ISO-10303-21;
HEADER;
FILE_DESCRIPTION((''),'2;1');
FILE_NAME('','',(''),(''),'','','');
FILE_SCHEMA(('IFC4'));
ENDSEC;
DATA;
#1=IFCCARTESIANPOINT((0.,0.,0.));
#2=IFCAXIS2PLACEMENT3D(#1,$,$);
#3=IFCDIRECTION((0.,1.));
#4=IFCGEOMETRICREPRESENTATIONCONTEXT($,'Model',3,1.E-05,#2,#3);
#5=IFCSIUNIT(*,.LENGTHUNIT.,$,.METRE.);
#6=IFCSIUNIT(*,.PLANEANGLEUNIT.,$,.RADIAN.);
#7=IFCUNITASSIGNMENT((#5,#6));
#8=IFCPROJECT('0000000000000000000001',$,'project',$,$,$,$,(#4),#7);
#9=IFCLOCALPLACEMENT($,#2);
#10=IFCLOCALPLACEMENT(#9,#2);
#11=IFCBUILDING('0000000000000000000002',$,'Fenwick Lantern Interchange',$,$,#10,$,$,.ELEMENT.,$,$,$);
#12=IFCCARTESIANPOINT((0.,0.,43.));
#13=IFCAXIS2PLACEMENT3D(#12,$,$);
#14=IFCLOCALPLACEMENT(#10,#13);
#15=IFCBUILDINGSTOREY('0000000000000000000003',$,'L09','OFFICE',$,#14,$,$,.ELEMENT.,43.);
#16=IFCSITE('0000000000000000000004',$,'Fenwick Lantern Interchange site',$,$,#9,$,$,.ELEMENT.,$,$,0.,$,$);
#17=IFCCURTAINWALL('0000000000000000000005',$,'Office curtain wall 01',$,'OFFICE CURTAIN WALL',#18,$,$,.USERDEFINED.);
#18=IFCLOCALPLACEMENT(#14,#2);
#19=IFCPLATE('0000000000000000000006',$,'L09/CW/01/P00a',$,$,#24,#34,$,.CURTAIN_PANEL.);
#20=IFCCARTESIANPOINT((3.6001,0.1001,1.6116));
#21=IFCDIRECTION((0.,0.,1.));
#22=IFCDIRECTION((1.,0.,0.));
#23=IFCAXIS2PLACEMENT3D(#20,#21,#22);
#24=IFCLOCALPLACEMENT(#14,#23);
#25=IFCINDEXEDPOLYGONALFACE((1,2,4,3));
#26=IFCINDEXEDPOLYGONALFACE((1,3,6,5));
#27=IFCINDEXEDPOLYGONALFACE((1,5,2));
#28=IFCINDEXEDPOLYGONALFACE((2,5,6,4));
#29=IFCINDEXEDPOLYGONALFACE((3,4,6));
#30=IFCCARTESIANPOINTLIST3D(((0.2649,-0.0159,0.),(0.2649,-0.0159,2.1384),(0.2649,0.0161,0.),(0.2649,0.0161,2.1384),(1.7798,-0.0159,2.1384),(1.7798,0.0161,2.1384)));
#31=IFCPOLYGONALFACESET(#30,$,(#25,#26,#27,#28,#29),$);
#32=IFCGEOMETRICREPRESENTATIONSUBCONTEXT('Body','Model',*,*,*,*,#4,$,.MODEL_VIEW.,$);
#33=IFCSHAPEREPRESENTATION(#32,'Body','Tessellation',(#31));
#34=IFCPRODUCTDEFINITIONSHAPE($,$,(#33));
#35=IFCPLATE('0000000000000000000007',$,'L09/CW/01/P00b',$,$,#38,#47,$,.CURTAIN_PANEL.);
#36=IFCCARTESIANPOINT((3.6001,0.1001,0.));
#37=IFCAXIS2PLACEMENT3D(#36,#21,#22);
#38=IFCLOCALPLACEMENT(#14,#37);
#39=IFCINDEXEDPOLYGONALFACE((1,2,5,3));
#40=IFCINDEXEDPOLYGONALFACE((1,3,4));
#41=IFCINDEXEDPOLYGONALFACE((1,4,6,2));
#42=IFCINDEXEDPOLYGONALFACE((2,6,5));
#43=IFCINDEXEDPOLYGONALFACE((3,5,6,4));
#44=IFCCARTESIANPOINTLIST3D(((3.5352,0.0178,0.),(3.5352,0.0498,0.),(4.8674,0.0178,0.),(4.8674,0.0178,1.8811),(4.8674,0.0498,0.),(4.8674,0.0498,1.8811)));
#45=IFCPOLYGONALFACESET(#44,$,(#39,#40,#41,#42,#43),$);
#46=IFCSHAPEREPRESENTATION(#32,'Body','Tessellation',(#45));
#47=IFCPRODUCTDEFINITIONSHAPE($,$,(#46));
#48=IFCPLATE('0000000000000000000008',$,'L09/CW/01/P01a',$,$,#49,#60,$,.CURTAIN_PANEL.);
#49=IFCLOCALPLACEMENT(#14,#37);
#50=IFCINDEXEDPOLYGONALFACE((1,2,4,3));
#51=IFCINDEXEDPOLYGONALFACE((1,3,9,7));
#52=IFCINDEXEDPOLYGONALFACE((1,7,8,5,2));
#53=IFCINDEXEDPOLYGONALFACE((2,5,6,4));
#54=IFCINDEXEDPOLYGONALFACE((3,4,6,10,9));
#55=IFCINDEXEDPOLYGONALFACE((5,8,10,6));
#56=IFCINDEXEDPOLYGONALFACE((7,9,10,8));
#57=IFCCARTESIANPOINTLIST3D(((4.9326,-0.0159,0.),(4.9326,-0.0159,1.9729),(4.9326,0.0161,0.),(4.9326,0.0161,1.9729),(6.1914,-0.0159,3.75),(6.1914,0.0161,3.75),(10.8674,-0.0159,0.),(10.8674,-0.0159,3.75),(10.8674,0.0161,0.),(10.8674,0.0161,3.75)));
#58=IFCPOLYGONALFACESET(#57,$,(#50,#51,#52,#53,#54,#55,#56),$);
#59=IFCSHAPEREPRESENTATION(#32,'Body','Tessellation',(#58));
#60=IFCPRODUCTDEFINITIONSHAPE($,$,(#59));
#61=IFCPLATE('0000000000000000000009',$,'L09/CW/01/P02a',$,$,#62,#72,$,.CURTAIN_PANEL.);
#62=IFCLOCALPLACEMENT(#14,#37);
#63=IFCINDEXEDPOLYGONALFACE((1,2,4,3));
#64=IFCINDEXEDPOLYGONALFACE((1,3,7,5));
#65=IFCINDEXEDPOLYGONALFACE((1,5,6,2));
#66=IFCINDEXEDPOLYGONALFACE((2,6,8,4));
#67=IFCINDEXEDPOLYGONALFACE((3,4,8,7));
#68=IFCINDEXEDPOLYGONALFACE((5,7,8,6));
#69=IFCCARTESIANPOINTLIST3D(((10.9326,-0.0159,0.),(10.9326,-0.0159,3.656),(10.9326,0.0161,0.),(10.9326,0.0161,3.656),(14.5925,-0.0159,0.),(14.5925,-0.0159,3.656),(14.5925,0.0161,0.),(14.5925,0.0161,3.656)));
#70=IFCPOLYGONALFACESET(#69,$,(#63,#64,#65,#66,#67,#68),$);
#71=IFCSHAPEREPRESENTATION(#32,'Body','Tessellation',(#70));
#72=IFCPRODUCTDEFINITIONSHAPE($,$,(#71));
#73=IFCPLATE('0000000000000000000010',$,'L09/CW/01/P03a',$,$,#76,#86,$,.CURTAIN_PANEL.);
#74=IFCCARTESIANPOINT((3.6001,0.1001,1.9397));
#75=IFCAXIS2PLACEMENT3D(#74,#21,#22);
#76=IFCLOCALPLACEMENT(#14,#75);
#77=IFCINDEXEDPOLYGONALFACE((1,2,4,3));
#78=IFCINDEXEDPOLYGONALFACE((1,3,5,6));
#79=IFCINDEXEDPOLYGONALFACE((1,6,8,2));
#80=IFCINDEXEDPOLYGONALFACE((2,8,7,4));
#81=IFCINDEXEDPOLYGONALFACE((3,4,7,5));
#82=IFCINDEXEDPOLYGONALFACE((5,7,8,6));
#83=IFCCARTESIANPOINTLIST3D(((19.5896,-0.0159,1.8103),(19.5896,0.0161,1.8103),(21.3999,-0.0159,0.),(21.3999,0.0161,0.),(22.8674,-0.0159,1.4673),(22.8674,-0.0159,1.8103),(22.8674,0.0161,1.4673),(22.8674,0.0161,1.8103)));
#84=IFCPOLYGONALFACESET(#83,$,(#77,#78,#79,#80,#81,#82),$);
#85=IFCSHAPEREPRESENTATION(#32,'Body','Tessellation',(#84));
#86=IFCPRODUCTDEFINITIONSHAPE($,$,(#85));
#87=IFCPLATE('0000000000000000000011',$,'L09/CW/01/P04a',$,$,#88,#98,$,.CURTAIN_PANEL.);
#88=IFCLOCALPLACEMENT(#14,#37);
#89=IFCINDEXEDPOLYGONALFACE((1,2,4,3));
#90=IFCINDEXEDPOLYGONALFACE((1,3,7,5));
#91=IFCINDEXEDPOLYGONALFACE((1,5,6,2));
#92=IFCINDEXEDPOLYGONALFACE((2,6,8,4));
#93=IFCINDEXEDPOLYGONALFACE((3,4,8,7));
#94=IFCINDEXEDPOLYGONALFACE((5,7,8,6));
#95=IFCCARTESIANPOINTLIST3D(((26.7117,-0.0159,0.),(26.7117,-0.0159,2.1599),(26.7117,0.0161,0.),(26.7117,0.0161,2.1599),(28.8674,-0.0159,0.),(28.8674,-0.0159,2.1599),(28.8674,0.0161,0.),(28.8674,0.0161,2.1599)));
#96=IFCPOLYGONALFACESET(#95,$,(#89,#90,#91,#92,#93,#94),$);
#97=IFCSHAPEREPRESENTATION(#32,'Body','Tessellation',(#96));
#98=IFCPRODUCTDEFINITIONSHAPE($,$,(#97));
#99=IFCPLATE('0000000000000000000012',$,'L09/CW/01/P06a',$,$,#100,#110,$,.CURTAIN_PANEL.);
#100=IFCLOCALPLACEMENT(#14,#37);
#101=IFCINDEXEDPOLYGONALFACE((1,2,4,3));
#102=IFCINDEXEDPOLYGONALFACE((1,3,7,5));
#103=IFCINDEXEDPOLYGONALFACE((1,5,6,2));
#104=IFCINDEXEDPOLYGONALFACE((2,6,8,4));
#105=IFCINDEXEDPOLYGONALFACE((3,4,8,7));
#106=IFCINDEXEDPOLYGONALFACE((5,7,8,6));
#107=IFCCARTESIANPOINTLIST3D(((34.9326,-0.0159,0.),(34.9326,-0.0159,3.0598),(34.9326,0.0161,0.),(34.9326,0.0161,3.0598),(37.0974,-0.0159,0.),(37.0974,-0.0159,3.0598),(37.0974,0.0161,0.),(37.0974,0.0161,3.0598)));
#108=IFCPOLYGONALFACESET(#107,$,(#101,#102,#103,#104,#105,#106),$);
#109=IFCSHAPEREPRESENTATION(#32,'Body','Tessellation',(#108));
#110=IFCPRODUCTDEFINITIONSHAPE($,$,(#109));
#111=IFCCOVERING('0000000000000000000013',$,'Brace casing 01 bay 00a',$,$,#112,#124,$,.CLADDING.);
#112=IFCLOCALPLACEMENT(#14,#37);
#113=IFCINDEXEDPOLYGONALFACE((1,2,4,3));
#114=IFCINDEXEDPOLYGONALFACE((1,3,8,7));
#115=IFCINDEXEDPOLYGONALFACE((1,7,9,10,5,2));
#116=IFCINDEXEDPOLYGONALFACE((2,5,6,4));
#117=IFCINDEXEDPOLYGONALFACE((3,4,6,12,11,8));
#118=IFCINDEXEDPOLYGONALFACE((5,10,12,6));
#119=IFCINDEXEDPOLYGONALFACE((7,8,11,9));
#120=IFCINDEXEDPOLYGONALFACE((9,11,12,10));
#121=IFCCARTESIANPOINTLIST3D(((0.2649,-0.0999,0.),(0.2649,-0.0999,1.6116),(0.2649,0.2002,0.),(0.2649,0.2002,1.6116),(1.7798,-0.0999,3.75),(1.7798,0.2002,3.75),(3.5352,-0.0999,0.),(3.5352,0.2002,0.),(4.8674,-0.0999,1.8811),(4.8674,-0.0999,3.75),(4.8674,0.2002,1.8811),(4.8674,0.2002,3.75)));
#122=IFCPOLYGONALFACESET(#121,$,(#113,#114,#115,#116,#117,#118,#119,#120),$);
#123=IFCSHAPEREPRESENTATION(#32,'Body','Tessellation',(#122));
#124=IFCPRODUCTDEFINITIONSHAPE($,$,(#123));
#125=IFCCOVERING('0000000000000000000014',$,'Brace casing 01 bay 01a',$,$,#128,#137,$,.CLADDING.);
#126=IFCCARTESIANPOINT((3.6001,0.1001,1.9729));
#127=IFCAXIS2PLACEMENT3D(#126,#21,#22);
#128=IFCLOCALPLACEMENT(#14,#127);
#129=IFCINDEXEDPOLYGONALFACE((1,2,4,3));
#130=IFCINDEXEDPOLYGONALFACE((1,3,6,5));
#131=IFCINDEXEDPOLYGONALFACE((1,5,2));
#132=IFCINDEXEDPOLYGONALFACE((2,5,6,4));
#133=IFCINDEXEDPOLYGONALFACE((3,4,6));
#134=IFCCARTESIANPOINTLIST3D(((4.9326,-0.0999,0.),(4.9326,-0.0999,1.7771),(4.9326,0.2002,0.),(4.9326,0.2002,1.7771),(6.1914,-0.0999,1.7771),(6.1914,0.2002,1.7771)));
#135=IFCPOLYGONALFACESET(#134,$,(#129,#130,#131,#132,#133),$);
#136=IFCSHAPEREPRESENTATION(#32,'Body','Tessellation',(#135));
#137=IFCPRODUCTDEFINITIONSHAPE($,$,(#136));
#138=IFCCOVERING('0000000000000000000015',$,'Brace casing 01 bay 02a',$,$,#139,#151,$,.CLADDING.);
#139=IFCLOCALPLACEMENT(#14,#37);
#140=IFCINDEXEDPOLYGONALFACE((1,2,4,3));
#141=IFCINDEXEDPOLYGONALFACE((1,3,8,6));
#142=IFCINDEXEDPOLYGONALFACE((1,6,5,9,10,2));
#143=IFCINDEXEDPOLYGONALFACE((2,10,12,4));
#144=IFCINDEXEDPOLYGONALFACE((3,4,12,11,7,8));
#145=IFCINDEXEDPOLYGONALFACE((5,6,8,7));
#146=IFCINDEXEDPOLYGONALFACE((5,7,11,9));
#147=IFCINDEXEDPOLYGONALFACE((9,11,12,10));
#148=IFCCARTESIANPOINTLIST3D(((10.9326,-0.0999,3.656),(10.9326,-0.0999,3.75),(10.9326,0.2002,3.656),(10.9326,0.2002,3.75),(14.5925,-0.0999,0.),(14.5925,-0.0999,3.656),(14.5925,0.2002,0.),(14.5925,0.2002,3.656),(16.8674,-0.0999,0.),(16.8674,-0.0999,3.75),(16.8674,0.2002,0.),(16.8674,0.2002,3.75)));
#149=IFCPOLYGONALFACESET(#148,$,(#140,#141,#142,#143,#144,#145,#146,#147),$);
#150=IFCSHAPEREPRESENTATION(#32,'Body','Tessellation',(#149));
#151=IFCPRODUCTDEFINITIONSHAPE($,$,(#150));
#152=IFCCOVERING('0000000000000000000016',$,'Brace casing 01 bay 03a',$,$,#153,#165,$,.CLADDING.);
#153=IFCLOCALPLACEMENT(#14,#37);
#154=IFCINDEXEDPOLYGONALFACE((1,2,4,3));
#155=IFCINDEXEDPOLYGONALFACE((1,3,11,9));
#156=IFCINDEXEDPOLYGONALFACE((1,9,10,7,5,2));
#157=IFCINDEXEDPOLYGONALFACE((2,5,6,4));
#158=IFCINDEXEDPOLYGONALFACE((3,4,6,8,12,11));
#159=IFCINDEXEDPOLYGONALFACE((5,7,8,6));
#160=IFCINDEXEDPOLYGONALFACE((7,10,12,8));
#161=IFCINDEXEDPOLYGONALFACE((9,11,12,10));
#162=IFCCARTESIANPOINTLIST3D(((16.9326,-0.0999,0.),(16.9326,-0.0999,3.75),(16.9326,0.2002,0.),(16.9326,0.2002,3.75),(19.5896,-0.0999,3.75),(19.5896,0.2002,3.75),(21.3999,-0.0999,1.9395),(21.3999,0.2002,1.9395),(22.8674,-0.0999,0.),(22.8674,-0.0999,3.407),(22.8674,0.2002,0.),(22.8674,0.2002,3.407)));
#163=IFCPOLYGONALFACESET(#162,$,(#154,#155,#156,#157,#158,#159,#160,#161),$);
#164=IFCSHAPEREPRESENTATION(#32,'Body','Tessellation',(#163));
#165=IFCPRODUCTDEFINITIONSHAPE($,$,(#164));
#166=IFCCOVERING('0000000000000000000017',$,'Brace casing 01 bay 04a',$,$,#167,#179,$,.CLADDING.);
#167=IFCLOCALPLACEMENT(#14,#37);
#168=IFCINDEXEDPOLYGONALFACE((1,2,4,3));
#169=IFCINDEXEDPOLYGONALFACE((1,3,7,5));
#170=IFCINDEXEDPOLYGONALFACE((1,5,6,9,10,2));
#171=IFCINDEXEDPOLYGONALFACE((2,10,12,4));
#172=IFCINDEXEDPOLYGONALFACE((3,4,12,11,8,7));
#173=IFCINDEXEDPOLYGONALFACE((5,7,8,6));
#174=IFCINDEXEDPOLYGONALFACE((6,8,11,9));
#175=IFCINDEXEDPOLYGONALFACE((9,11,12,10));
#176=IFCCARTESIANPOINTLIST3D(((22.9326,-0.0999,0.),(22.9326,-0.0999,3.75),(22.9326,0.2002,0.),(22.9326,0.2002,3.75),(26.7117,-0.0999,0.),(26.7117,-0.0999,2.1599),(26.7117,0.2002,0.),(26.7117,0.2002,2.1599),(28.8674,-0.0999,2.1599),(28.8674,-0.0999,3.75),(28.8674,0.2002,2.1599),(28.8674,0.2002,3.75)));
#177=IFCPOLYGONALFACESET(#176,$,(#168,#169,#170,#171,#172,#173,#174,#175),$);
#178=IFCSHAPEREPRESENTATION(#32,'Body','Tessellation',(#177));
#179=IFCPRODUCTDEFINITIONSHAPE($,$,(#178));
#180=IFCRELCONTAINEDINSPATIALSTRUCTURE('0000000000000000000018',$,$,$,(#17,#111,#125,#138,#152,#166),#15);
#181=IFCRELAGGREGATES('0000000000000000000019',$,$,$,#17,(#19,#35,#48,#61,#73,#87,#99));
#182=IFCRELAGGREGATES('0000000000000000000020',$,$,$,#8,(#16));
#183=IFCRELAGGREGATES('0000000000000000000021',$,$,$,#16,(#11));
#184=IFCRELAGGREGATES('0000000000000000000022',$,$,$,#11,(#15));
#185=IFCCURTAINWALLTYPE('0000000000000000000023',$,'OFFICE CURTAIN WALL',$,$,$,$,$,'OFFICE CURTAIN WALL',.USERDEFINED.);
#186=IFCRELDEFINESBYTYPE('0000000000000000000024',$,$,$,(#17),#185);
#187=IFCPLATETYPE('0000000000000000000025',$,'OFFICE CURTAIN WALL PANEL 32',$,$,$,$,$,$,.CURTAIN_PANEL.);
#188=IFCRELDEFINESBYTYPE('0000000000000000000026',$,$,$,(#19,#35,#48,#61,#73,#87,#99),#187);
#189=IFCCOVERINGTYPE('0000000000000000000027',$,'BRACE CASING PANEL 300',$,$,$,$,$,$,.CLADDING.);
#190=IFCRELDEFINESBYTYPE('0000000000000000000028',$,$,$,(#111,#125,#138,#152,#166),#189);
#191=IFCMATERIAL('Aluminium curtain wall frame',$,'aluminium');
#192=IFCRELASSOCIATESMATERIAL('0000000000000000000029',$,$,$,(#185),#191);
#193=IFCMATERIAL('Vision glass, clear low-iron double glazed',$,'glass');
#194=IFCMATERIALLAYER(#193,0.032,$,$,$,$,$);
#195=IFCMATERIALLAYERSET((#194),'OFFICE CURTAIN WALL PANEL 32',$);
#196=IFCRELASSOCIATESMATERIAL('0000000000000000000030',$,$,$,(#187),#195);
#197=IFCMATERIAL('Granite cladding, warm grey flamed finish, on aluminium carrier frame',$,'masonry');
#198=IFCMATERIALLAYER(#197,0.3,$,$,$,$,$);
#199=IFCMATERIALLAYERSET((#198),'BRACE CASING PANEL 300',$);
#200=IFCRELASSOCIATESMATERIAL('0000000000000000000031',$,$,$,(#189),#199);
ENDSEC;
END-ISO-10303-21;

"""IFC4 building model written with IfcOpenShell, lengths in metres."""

from ifc_helpers import new_model, si_unit, direction, frame, origin, place, context, subcontext, project, spatial, polyline, outline, extrude, material, layer, layer_set, type_object, element, aggregate, save


model = new_model("IFC4")

# Units and contexts
model_context = context("Model", 3, precision=1e-05, world=origin(), true_north=direction((0.0, 1.0)))
body_context = subcontext(model_context, "Body", "Model", "MODEL_VIEW")
ifc_project = project(units=[si_unit("LENGTHUNIT", "METRE"), si_unit("PLANEANGLEUNIT", "RADIAN")], contexts=[model_context])

# Site, building, storey
site_placement = place(None, origin())
site = spatial("IfcSite", under=ifc_project, at=site_placement, Name="Fenwick Lantern Interchange site", CompositionType="ELEMENT", RefElevation=0.0)
building_placement = place(site_placement, origin())
building = spatial("IfcBuilding", under=site, at=building_placement, Name="Fenwick Lantern Interchange", CompositionType="ELEMENT")
storey_placement = place(building_placement, frame((0.0, 0.0, 43.0)))
storey = spatial("IfcBuildingStorey", under=building, at=storey_placement, Name="L09", Description="OFFICE", CompositionType="ELEMENT", Elevation=43.0)

# Shared definitions
ifc_material_1 = material(Name="Aluminium curtain wall frame", Category="aluminium")
curtain_wall_type = type_object("IfcCurtainWallType", Name="OFFICE CURTAIN WALL", ElementType="OFFICE CURTAIN WALL", PredefinedType="USERDEFINED", material=ifc_material_1)

# Curtain wall, plates
curtain_wall_1_placement = place(storey_placement, origin())
curtain_wall_1 = element("IfcCurtainWall", 1, at=curtain_wall_1_placement, inside=storey, type_object=curtain_wall_type, Name="Office curtain wall 01", ObjectType="OFFICE CURTAIN WALL", PredefinedType="USERDEFINED")
ifc_material_2 = material(Name="Vision glass, clear low-iron double glazed", Category="glass")
ifc_layer_1 = layer(ifc_material_2, 0.032)
ifc_layer_set_1 = layer_set([ifc_layer_1], Name="OFFICE CURTAIN WALL PANEL 32")
plate_type = type_object("IfcPlateType", Name="OFFICE CURTAIN WALL PANEL 32", PredefinedType="CURTAIN_PANEL", material=ifc_layer_set_1)
plate_1_placement = place(storey_placement, frame((3.6001, 0.1001, 1.6116), z_axis=(0.0, 0.0, 1.0), x_axis=(1.0, 0.0, 0.0)))
plate_1 = element("IfcPlate", 2, at=plate_1_placement, type_object=plate_type, Name="L09/CW/01/P00a", PredefinedType="CURTAIN_PANEL", context=body_context, shape_type="SweptSolid", body=[
    extrude(outline(polyline([(0.2649, 0.0), (1.7798, 2.1384), (0.2649, 2.1384), (0.2649, 0.0)])), frame((0.0, 0.0161, 0.0), z_axis=(0.0, -1.0, 0.0), x_axis=(1.0, 0.0, 0.0)), (0.0, 0.0, 1.0), 0.032),
])
plate_2_placement = place(storey_placement, frame((3.6001, 0.1001, 0.0), z_axis=(0.0, 0.0, 1.0), x_axis=(1.0, 0.0, 0.0)))
plate_2 = element("IfcPlate", 3, at=plate_2_placement, type_object=plate_type, Name="L09/CW/01/P00b", PredefinedType="CURTAIN_PANEL", context=body_context, shape_type="SweptSolid", body=[
    extrude(outline(polyline([(3.5352, 0.0), (4.8674, 0.0), (4.8674, 1.8811), (3.5352, 0.0)])), frame((0.0, 0.0498, 0.0), z_axis=(0.0, -1.0, 0.0), x_axis=(1.0, 0.0, 0.0)), (0.0, 0.0, 1.0), 0.032),
])
plate_3_placement = place(storey_placement, frame((3.6001, 0.1001, 0.0), z_axis=(0.0, 0.0, 1.0), x_axis=(1.0, 0.0, 0.0)))
plate_3 = element("IfcPlate", 4, at=plate_3_placement, type_object=plate_type, Name="L09/CW/01/P01a", PredefinedType="CURTAIN_PANEL", context=body_context, shape_type="SweptSolid", body=[
    extrude(outline(polyline([(4.9326, 0.0), (10.8674, 0.0), (10.8674, 3.75), (6.1914, 3.75), (4.9326, 1.9729), (4.9326, 0.0)])), frame((0.0, 0.0161, 0.0), z_axis=(0.0, -1.0, 0.0), x_axis=(1.0, 0.0, 0.0)), (0.0, 0.0, 1.0), 0.032),
])
plate_4_placement = place(storey_placement, frame((3.6001, 0.1001, 0.0), z_axis=(0.0, 0.0, 1.0), x_axis=(1.0, 0.0, 0.0)))
plate_4 = element("IfcPlate", 5, at=plate_4_placement, type_object=plate_type, Name="L09/CW/01/P02a", PredefinedType="CURTAIN_PANEL", context=body_context, shape_type="SweptSolid", body=[
    extrude(outline(polyline([(10.9326, 0.0), (14.5925, 0.0), (14.5925, 3.656), (10.9326, 3.656), (10.9326, 0.0)])), frame((0.0, 0.0161, 0.0), z_axis=(0.0, -1.0, 0.0), x_axis=(1.0, 0.0, 0.0)), (0.0, 0.0, 1.0), 0.032),
])
plate_5_placement = place(storey_placement, frame((3.6001, 0.1001, 1.9397), z_axis=(0.0, 0.0, 1.0), x_axis=(1.0, 0.0, 0.0)))
plate_5 = element("IfcPlate", 6, at=plate_5_placement, type_object=plate_type, Name="L09/CW/01/P03a", PredefinedType="CURTAIN_PANEL", context=body_context, shape_type="SweptSolid", body=[
    extrude(outline(polyline([(21.3999, 0.0), (22.8674, 1.4673), (22.8674, 1.8103), (19.5896, 1.8103), (21.3999, 0.0)])), frame((0.0, 0.0161, 0.0), z_axis=(0.0, -1.0, 0.0), x_axis=(1.0, 0.0, 0.0)), (0.0, 0.0, 1.0), 0.032),
])
plate_6_placement = place(storey_placement, frame((3.6001, 0.1001, 0.0), z_axis=(0.0, 0.0, 1.0), x_axis=(1.0, 0.0, 0.0)))
plate_6 = element("IfcPlate", 7, at=plate_6_placement, type_object=plate_type, Name="L09/CW/01/P04a", PredefinedType="CURTAIN_PANEL", context=body_context, shape_type="SweptSolid", body=[
    extrude(outline(polyline([(26.7117, 0.0), (28.8674, 0.0), (28.8674, 2.1599), (26.7117, 2.1599), (26.7117, 0.0)])), frame((0.0, 0.0161, 0.0), z_axis=(0.0, -1.0, 0.0), x_axis=(1.0, 0.0, 0.0)), (0.0, 0.0, 1.0), 0.032),
])
plate_7_placement = place(storey_placement, frame((3.6001, 0.1001, 0.0), z_axis=(0.0, 0.0, 1.0), x_axis=(1.0, 0.0, 0.0)))
plate_7 = element("IfcPlate", 8, at=plate_7_placement, type_object=plate_type, Name="L09/CW/01/P06a", PredefinedType="CURTAIN_PANEL", context=body_context, shape_type="SweptSolid", body=[
    extrude(outline(polyline([(34.9326, 0.0), (37.0974, 0.0), (37.0974, 3.0598), (34.9326, 3.0598), (34.9326, 0.0)])), frame((0.0, 0.0161, 0.0), z_axis=(0.0, -1.0, 0.0), x_axis=(1.0, 0.0, 0.0)), (0.0, 0.0, 1.0), 0.032),
])
aggregate(curtain_wall_1, [plate_1, plate_2, plate_3, plate_4, plate_5, plate_6, plate_7])

# Coverings
ifc_material_3 = material(Name="Granite cladding, warm grey flamed finish, on aluminium carrier frame", Category="masonry")
ifc_layer_2 = layer(ifc_material_3, 0.3)
ifc_layer_set_2 = layer_set([ifc_layer_2], Name="BRACE CASING PANEL 300")
covering_type_1 = type_object("IfcCoveringType", Name="BRACE CASING PANEL 300", PredefinedType="CLADDING", material=ifc_layer_set_2)
covering_1_placement = place(storey_placement, frame((3.6001, 0.1001, 0.0), z_axis=(0.0, 0.0, 1.0), x_axis=(1.0, 0.0, 0.0)))
element("IfcCovering", 9, at=covering_1_placement, inside=storey, type_object=covering_type_1, Name="Brace casing 01 bay 00a", PredefinedType="CLADDING", context=body_context, shape_type="SweptSolid", body=[
    extrude(outline(polyline([(0.2649, 0.0), (3.5352, 0.0), (4.8674, 1.8811), (4.8674, 3.75), (1.7798, 3.75), (0.2649, 1.6116), (0.2649, 0.0)])), frame((0.0, 0.2002, 0.0), z_axis=(0.0, -1.0, 0.0), x_axis=(1.0, 0.0, 0.0)), (0.0, 0.0, 1.0), 0.3),
])
covering_2_placement = place(storey_placement, frame((3.6001, 0.1001, 1.9729), z_axis=(0.0, 0.0, 1.0), x_axis=(1.0, 0.0, 0.0)))
element("IfcCovering", 10, at=covering_2_placement, inside=storey, type_object=covering_type_1, Name="Brace casing 01 bay 01a", PredefinedType="CLADDING", context=body_context, shape_type="SweptSolid", body=[
    extrude(outline(polyline([(4.9326, 0.0), (6.1914, 1.7771), (4.9326, 1.7771), (4.9326, 0.0)])), frame((0.0, 0.2002, 0.0), z_axis=(0.0, -1.0, 0.0), x_axis=(1.0, 0.0, 0.0)), (0.0, 0.0, 1.0), 0.3),
])
covering_3_placement = place(storey_placement, frame((3.6001, 0.1001, 0.0), z_axis=(0.0, 0.0, 1.0), x_axis=(1.0, 0.0, 0.0)))
element("IfcCovering", 11, at=covering_3_placement, inside=storey, type_object=covering_type_1, Name="Brace casing 01 bay 02a", PredefinedType="CLADDING", context=body_context, shape_type="SweptSolid", body=[
    extrude(outline(polyline([(14.5925, 0.0), (16.8674, 0.0), (16.8674, 3.75), (10.9326, 3.75), (10.9326, 3.656), (14.5925, 3.656), (14.5925, 0.0)])), frame((0.0, 0.2002, 0.0), z_axis=(0.0, -1.0, 0.0), x_axis=(1.0, 0.0, 0.0)), (0.0, 0.0, 1.0), 0.3),
])
covering_4_placement = place(storey_placement, frame((3.6001, 0.1001, 0.0), z_axis=(0.0, 0.0, 1.0), x_axis=(1.0, 0.0, 0.0)))
element("IfcCovering", 12, at=covering_4_placement, inside=storey, type_object=covering_type_1, Name="Brace casing 01 bay 03a", PredefinedType="CLADDING", context=body_context, shape_type="SweptSolid", body=[
    extrude(outline(polyline([(16.9326, 0.0), (22.8674, 0.0), (22.8674, 3.407), (21.3999, 1.9395), (19.5896, 3.75), (16.9326, 3.75), (16.9326, 0.0)])), frame((0.0, 0.2002, 0.0), z_axis=(0.0, -1.0, 0.0), x_axis=(1.0, 0.0, 0.0)), (0.0, 0.0, 1.0), 0.3),
])
covering_5_placement = place(storey_placement, frame((3.6001, 0.1001, 0.0), z_axis=(0.0, 0.0, 1.0), x_axis=(1.0, 0.0, 0.0)))
element("IfcCovering", 13, at=covering_5_placement, inside=storey, type_object=covering_type_1, Name="Brace casing 01 bay 04a", PredefinedType="CLADDING", context=body_context, shape_type="SweptSolid", body=[
    extrude(outline(polyline([(22.9326, 0.0), (26.7117, 0.0), (26.7117, 2.1599), (28.8674, 2.1599), (28.8674, 3.75), (22.9326, 3.75), (22.9326, 0.0)])), frame((0.0, 0.2002, 0.0), z_axis=(0.0, -1.0, 0.0), x_axis=(1.0, 0.0, 0.0)), (0.0, 0.0, 1.0), 0.3),
])

save(model, "model.ifc")
